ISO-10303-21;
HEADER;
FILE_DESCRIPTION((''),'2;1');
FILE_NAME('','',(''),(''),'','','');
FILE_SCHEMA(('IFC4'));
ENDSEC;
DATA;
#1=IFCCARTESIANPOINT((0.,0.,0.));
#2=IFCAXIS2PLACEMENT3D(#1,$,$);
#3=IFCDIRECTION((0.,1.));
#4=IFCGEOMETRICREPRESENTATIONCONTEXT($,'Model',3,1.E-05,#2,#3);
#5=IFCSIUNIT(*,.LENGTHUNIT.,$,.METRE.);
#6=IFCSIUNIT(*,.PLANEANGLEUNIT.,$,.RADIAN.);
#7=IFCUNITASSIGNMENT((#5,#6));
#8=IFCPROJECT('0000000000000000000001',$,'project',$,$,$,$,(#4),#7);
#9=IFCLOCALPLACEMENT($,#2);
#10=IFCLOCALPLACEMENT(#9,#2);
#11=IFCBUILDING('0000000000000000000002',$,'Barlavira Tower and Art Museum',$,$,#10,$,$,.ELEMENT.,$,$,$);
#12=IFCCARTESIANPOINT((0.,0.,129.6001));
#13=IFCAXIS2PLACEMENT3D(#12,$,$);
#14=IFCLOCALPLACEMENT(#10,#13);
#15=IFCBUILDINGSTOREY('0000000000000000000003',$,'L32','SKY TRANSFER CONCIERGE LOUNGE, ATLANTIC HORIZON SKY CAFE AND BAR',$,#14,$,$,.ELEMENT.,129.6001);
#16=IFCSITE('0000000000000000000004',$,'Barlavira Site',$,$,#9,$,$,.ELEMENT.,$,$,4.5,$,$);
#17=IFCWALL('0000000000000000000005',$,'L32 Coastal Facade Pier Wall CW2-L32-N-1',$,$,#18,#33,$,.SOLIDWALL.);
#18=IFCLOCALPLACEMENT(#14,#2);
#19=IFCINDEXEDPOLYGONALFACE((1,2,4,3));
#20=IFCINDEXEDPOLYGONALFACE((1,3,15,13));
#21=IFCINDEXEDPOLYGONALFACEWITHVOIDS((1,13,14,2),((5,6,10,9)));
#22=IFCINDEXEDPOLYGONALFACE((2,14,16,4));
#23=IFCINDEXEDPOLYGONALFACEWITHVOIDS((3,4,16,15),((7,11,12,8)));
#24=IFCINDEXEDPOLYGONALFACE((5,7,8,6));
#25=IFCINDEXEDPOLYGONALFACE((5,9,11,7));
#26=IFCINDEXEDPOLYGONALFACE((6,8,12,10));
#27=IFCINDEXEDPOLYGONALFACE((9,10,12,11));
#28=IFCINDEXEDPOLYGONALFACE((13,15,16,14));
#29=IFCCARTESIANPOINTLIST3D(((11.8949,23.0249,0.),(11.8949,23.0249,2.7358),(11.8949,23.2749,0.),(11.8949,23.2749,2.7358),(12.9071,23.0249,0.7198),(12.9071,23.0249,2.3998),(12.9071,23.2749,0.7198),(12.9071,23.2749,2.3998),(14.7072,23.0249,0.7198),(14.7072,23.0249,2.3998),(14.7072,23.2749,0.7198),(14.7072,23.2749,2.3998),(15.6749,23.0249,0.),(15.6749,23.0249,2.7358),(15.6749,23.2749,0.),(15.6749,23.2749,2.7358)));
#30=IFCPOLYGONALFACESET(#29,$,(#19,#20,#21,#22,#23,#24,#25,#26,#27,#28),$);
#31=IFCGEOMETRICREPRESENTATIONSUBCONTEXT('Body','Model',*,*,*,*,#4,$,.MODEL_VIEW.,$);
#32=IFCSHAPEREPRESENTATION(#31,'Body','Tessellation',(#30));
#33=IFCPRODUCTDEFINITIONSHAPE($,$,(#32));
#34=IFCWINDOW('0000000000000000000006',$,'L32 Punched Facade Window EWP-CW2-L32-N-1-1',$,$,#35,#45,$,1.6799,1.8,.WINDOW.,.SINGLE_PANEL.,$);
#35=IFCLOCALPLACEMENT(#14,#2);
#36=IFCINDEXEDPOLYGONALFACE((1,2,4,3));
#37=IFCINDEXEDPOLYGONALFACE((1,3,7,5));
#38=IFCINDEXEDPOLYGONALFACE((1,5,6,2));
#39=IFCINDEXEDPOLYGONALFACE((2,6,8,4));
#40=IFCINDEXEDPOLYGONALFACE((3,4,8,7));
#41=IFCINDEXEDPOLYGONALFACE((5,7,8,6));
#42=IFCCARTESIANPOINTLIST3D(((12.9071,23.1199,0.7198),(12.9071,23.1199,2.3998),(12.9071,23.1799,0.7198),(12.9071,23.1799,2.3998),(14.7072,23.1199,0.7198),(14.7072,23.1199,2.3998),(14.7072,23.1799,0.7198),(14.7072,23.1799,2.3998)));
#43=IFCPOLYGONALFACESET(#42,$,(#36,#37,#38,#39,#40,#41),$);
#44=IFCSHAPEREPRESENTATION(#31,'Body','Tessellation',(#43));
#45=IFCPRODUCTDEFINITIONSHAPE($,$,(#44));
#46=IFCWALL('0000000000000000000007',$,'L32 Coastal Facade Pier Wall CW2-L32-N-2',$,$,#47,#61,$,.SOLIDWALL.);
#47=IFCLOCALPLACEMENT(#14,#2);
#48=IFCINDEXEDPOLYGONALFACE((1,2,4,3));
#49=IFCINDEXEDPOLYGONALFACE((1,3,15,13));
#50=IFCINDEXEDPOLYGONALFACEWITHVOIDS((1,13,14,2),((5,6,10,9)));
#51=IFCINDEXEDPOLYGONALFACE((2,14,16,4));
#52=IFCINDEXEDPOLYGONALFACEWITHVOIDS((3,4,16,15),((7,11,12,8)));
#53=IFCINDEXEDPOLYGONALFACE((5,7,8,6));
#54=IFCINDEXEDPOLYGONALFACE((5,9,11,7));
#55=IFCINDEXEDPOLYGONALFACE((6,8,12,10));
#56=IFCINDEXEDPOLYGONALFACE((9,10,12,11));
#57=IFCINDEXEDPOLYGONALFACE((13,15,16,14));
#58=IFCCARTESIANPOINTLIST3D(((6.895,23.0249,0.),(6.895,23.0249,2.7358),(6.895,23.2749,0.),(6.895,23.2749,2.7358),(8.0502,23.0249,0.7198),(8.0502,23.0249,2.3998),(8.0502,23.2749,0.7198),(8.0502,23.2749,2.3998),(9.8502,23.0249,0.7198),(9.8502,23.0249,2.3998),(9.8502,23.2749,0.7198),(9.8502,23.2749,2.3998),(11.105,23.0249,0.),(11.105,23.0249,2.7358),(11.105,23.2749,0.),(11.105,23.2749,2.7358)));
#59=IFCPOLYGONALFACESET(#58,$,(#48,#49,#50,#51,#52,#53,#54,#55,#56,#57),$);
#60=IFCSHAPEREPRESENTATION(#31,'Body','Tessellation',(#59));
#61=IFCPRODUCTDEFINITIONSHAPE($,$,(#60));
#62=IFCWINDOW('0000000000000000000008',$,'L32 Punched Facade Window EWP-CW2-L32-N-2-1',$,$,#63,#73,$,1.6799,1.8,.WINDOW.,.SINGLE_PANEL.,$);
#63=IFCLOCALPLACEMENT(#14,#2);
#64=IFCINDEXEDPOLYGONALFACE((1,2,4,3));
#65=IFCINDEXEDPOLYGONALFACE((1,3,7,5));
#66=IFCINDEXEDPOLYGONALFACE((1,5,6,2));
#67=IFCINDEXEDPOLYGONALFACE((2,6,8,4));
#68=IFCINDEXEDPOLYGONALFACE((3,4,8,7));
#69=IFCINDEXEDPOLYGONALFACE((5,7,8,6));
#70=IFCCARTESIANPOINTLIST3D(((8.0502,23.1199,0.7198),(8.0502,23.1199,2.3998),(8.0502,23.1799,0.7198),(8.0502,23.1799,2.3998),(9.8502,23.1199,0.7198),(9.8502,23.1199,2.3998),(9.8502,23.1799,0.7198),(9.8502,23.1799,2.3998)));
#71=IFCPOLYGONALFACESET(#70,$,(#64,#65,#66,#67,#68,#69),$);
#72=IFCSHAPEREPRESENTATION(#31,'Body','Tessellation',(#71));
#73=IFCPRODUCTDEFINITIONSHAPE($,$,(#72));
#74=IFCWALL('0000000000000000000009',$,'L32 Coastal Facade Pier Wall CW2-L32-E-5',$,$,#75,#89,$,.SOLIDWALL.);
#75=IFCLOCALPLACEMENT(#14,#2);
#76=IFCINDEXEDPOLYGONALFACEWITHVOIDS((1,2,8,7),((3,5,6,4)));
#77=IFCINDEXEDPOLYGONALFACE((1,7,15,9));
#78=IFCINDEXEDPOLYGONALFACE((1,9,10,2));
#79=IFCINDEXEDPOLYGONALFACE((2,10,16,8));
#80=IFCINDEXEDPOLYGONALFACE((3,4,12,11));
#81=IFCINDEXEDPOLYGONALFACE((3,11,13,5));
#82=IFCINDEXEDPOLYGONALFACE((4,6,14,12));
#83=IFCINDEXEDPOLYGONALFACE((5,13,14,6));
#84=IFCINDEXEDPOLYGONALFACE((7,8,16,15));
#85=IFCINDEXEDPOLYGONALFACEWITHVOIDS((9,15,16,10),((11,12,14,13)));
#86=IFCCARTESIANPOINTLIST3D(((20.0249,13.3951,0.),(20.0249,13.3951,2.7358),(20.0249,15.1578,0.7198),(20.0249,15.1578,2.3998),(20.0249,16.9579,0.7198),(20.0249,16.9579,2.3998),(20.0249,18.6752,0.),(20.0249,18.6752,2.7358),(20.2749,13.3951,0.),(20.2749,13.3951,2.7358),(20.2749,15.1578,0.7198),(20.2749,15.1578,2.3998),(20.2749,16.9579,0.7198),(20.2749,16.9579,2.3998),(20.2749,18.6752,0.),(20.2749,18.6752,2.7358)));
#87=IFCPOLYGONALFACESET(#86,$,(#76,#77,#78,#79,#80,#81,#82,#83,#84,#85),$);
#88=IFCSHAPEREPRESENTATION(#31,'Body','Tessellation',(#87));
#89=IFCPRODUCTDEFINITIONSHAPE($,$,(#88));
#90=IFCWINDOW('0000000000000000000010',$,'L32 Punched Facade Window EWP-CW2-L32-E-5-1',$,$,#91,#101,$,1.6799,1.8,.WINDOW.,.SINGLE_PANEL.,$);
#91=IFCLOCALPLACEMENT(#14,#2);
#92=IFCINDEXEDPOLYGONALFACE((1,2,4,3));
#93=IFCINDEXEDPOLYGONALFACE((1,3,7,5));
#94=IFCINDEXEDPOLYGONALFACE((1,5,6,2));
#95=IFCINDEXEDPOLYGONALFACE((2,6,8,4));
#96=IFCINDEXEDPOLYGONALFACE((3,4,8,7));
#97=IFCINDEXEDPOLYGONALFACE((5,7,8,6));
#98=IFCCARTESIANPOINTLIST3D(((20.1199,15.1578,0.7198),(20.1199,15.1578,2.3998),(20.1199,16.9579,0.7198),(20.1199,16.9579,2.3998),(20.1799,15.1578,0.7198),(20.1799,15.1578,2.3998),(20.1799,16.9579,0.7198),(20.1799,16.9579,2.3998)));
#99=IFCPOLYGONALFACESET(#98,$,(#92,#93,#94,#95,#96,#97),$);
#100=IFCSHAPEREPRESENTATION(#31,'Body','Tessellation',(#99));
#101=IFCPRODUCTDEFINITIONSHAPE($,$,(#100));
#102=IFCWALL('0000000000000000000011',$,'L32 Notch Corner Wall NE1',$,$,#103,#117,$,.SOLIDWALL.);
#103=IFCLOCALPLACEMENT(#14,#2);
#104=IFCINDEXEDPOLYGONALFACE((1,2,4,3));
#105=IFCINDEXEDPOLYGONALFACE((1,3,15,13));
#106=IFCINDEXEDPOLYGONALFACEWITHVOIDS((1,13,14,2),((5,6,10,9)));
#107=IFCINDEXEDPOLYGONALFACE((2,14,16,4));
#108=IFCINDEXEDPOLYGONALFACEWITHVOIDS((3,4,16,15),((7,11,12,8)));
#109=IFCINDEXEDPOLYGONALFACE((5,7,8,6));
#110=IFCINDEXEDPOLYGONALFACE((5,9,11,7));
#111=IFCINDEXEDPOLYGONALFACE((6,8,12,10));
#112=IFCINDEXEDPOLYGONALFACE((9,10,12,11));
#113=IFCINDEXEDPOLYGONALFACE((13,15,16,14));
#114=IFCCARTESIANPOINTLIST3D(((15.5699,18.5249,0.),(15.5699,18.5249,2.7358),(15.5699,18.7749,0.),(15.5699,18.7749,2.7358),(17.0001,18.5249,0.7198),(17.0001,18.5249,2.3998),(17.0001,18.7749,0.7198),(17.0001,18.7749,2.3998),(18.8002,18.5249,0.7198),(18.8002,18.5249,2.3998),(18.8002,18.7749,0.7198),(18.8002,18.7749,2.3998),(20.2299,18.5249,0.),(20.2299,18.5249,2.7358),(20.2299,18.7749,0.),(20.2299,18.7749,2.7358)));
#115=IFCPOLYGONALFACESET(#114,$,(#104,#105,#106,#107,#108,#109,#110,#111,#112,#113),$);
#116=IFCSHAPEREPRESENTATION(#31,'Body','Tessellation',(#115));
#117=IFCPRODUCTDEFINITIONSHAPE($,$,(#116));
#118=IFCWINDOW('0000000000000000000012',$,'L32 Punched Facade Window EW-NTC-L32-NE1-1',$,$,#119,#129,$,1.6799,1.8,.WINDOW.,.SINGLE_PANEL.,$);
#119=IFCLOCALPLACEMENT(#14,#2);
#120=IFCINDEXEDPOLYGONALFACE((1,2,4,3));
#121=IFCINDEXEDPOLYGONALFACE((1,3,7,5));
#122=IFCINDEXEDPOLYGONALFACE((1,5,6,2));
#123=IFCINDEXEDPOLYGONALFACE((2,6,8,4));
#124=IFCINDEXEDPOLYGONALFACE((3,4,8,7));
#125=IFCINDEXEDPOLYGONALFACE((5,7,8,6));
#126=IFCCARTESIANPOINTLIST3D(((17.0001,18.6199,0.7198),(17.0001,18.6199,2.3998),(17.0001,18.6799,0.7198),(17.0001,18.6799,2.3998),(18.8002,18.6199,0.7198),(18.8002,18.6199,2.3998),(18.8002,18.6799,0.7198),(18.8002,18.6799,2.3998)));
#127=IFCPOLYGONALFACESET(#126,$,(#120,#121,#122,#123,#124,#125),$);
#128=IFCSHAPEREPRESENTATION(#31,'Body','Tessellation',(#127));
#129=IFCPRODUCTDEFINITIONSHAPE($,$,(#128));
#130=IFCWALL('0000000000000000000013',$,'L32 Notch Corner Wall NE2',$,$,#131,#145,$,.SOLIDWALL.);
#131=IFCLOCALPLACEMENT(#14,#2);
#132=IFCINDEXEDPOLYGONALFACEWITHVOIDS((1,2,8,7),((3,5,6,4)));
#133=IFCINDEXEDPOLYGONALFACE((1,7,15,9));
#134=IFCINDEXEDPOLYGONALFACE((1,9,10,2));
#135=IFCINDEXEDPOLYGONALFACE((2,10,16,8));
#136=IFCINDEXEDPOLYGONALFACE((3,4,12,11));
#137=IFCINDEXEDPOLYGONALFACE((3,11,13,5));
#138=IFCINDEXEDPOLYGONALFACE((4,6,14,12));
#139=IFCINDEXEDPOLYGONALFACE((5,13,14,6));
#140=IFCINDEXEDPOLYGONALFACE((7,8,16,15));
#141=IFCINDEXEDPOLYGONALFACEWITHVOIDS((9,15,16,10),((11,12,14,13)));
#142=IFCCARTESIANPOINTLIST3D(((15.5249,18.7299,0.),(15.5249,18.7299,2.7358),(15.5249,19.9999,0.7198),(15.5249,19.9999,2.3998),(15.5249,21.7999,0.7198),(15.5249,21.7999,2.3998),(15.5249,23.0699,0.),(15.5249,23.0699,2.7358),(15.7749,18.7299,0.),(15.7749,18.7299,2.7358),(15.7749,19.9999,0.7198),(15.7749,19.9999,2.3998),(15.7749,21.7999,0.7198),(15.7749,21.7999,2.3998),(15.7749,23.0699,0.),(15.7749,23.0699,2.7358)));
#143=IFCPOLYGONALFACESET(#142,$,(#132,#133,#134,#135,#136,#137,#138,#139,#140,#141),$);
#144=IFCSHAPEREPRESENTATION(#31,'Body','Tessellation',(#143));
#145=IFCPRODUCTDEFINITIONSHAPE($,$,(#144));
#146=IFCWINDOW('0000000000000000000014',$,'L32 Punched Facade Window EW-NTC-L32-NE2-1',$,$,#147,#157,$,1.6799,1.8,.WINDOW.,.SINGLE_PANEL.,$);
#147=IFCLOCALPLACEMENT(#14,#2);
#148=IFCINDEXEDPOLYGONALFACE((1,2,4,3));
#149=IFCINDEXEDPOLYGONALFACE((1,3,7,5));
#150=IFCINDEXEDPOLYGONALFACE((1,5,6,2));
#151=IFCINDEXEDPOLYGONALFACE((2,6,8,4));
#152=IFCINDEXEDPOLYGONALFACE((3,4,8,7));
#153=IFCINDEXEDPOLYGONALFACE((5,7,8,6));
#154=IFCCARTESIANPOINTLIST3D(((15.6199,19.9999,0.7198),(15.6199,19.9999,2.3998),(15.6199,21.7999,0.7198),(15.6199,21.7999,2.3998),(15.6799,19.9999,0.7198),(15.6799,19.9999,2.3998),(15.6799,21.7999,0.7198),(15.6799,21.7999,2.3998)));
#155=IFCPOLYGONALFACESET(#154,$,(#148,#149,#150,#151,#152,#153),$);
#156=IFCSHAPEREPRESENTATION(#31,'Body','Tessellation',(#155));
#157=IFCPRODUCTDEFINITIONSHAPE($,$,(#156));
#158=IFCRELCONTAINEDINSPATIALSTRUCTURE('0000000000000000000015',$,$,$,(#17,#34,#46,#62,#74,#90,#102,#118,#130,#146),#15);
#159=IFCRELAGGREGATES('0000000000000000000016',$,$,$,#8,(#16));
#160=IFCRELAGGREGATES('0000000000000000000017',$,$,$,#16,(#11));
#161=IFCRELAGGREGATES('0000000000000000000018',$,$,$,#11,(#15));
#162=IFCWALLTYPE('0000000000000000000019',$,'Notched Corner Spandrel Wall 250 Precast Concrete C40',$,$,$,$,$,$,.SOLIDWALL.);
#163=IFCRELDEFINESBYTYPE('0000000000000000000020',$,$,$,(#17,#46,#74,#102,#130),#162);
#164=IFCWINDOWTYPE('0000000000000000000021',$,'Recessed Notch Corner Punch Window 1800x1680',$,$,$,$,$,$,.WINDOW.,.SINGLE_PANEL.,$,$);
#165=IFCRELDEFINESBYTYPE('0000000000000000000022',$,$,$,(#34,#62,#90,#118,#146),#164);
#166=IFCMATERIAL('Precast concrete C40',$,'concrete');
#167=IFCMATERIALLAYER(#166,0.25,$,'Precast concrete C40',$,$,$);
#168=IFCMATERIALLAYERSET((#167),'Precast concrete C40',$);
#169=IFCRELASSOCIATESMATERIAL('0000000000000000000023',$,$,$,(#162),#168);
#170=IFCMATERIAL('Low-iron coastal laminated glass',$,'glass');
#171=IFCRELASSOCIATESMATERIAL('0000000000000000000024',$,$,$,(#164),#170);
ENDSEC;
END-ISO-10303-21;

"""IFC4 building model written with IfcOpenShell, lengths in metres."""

from ifc_helpers import new_model, si_unit, direction, frame, frame_2d, origin, place, context, subcontext, project, spatial, rectangle, extrude, material, layer, layer_set, type_object, element, fill, save


model = new_model("IFC4")

# Units and contexts
model_context = context("Model", 3, precision=1e-05, world=origin(), true_north=direction((0.0, 1.0)))
body_context = subcontext(model_context, "Body", "Model", "MODEL_VIEW")
ifc_project = project(units=[si_unit("LENGTHUNIT", "METRE"), si_unit("PLANEANGLEUNIT", "RADIAN")], contexts=[model_context])

# Site, building, storey
site_placement = place(None, origin())
site = spatial("IfcSite", under=ifc_project, at=site_placement, Name="Barlavira Site", CompositionType="ELEMENT", RefElevation=4.5)
building_placement = place(site_placement, origin())
building = spatial("IfcBuilding", under=site, at=building_placement, Name="Barlavira Tower and Art Museum", CompositionType="ELEMENT")
storey_placement = place(building_placement, frame((0.0, 0.0, 129.6001)))
storey = spatial("IfcBuildingStorey", under=building, at=storey_placement, Name="L32", Description="SKY TRANSFER CONCIERGE LOUNGE, ATLANTIC HORIZON SKY CAFE AND BAR", CompositionType="ELEMENT", Elevation=129.6001)

# Walls, openings, windows
ifc_material_1 = material(Name="Precast concrete C40", Category="concrete")
ifc_layer_1 = layer(ifc_material_1, 0.25, Name="Precast concrete C40")
ifc_layer_set_1 = layer_set([ifc_layer_1], Name="Precast concrete C40")
wall_type_1 = type_object("IfcWallType", Name="Notched Corner Spandrel Wall 250 Precast Concrete C40", PredefinedType="SOLIDWALL", material=ifc_layer_set_1)
wall_1_placement = place(storey_placement, frame((15.675, 23.1499, 0.0), z_axis=(0.0, 0.0, 1.0), x_axis=(-1.0, 0.0, 0.0)))
wall_1 = element("IfcWall", 1, at=wall_1_placement, inside=storey, type_object=wall_type_1, Name="L32 Coastal Facade Pier Wall CW2-L32-N-1", PredefinedType="SOLIDWALL", context=body_context, shape_type="SweptSolid", body=[
    extrude(rectangle(XDim=3.78, YDim=0.25, at=frame_2d((1.8901, 0.0))), origin(), (0.0, 0.0, 1.0), 2.7358),
])
opening_1_placement = place(wall_1_placement, frame((0.968, 0.0, 0.72)))
opening_1 = element("IfcOpeningElement", 2, at=opening_1_placement, cuts=wall_1, PredefinedType="OPENING", context=body_context, shape_type="SweptSolid", body=[
    extrude(rectangle(XDim=1.8, YDim=1.6799, at=frame_2d((0.8999, 0.8398))), frame((0.0, 0.135, 0.0), z_axis=(0.0, -1.0, 0.0), x_axis=(1.0, 0.0, 0.0)), (0.0, 0.0, 1.0), 0.27),
])
ifc_material_2 = material(Name="Low-iron coastal laminated glass", Category="glass")
window_type = type_object("IfcWindowType", Name="Recessed Notch Corner Punch Window 1800x1680", PartitioningType="SINGLE_PANEL", PredefinedType="WINDOW", material=ifc_material_2)
window_1_placement = place(opening_1_placement, origin())
window_1 = element("IfcWindow", 3, at=window_1_placement, inside=storey, type_object=window_type, Name="L32 Punched Facade Window EWP-CW2-L32-N-1-1", OverallHeight=1.6799, OverallWidth=1.8, PartitioningType="SINGLE_PANEL", PredefinedType="WINDOW", context=body_context, shape_type="SweptSolid", body=[
    extrude(rectangle(XDim=1.8, YDim=1.6799, at=frame_2d((0.8999, 0.8398))), frame((0.0, 0.03, 0.0), z_axis=(0.0, -1.0, 0.0), x_axis=(1.0, 0.0, 0.0)), (0.0, 0.0, 1.0), 0.0601),
])
fill(opening_1, window_1)
wall_2_placement = place(storey_placement, frame((11.105, 23.1499, 0.0), z_axis=(0.0, 0.0, 1.0), x_axis=(-1.0, 0.0, 0.0)))
wall_2 = element("IfcWall", 4, at=wall_2_placement, inside=storey, type_object=wall_type_1, Name="L32 Coastal Facade Pier Wall CW2-L32-N-2", PredefinedType="SOLIDWALL", context=body_context, shape_type="SweptSolid", body=[
    extrude(rectangle(XDim=4.21, YDim=0.25, at=frame_2d((2.105, 0.0))), origin(), (0.0, 0.0, 1.0), 2.7358),
])
opening_2_placement = place(wall_2_placement, frame((1.2549, 0.0, 0.72)))
opening_2 = element("IfcOpeningElement", 5, at=opening_2_placement, cuts=wall_2, PredefinedType="OPENING", context=body_context, shape_type="SweptSolid", body=[
    extrude(rectangle(XDim=1.8, YDim=1.6799, at=frame_2d((0.8999, 0.8398))), frame((0.0, 0.135, 0.0), z_axis=(0.0, -1.0, 0.0), x_axis=(1.0, 0.0, 0.0)), (0.0, 0.0, 1.0), 0.27),
])
window_2_placement = place(opening_2_placement, origin())
window_2 = element("IfcWindow", 6, at=window_2_placement, inside=storey, type_object=window_type, Name="L32 Punched Facade Window EWP-CW2-L32-N-2-1", OverallHeight=1.6799, OverallWidth=1.8, PartitioningType="SINGLE_PANEL", PredefinedType="WINDOW", context=body_context, shape_type="SweptSolid", body=[
    extrude(rectangle(XDim=1.8, YDim=1.6799, at=frame_2d((0.8999, 0.8398))), frame((0.0, 0.03, 0.0), z_axis=(0.0, -1.0, 0.0), x_axis=(1.0, 0.0, 0.0)), (0.0, 0.0, 1.0), 0.0601),
])
fill(opening_2, window_2)
wall_3_placement = place(storey_placement, frame((20.1499, 13.395, 0.0), z_axis=(0.0, 0.0, 1.0), x_axis=(0.0, 1.0, 0.0)))
wall_3 = element("IfcWall", 7, at=wall_3_placement, inside=storey, type_object=wall_type_1, Name="L32 Coastal Facade Pier Wall CW2-L32-E-5", PredefinedType="SOLIDWALL", context=body_context, shape_type="SweptSolid", body=[
    extrude(rectangle(XDim=5.28, YDim=0.25, at=frame_2d((2.6401, 0.0))), origin(), (0.0, 0.0, 1.0), 2.7358),
])
opening_3_placement = place(wall_3_placement, frame((1.7629, 0.0, 0.72)))
opening_3 = element("IfcOpeningElement", 8, at=opening_3_placement, cuts=wall_3, PredefinedType="OPENING", context=body_context, shape_type="SweptSolid", body=[
    extrude(rectangle(XDim=1.8, YDim=1.6799, at=frame_2d((0.8999, 0.8398))), frame((0.0, 0.135, 0.0), z_axis=(0.0, -1.0, 0.0), x_axis=(1.0, 0.0, 0.0)), (0.0, 0.0, 1.0), 0.27),
])
window_3_placement = place(opening_3_placement, origin())
window_3 = element("IfcWindow", 9, at=window_3_placement, inside=storey, type_object=window_type, Name="L32 Punched Facade Window EWP-CW2-L32-E-5-1", OverallHeight=1.6799, OverallWidth=1.8, PartitioningType="SINGLE_PANEL", PredefinedType="WINDOW", context=body_context, shape_type="SweptSolid", body=[
    extrude(rectangle(XDim=1.8, YDim=1.6799, at=frame_2d((0.8999, 0.8398))), frame((0.0, 0.03, 0.0), z_axis=(0.0, -1.0, 0.0), x_axis=(1.0, 0.0, 0.0)), (0.0, 0.0, 1.0), 0.0601),
])
fill(opening_3, window_3)
wall_4_placement = place(storey_placement, frame((20.23, 18.6499, 0.0), z_axis=(0.0, 0.0, 1.0), x_axis=(-1.0, 0.0, 0.0)))
wall_4 = element("IfcWall", 10, at=wall_4_placement, inside=storey, type_object=wall_type_1, Name="L32 Notch Corner Wall NE1", PredefinedType="SOLIDWALL", context=body_context, shape_type="SweptSolid", body=[
    extrude(rectangle(XDim=4.6599, YDim=0.25, at=frame_2d((2.3301, 0.0))), origin(), (0.0, 0.0, 1.0), 2.7358),
])
opening_4_placement = place(wall_4_placement, frame((1.4299, 0.0, 0.72)))
opening_4 = element("IfcOpeningElement", 11, at=opening_4_placement, cuts=wall_4, PredefinedType="OPENING", context=body_context, shape_type="SweptSolid", body=[
    extrude(rectangle(XDim=1.8, YDim=1.6799, at=frame_2d((0.8999, 0.8398))), frame((0.0, 0.135, 0.0), z_axis=(0.0, -1.0, 0.0), x_axis=(1.0, 0.0, 0.0)), (0.0, 0.0, 1.0), 0.27),
])
window_4_placement = place(opening_4_placement, origin())
window_4 = element("IfcWindow", 12, at=window_4_placement, inside=storey, type_object=window_type, Name="L32 Punched Facade Window EW-NTC-L32-NE1-1", OverallHeight=1.6799, OverallWidth=1.8, PartitioningType="SINGLE_PANEL", PredefinedType="WINDOW", context=body_context, shape_type="SweptSolid", body=[
    extrude(rectangle(XDim=1.8, YDim=1.6799, at=frame_2d((0.8999, 0.8398))), frame((0.0, 0.03, 0.0), z_axis=(0.0, -1.0, 0.0), x_axis=(1.0, 0.0, 0.0)), (0.0, 0.0, 1.0), 0.0601),
])
fill(opening_4, window_4)
wall_5_placement = place(storey_placement, frame((15.6499, 18.73, 0.0), z_axis=(0.0, 0.0, 1.0), x_axis=(0.0, 1.0, 0.0)))
wall_5 = element("IfcWall", 13, at=wall_5_placement, inside=storey, type_object=wall_type_1, Name="L32 Notch Corner Wall NE2", PredefinedType="SOLIDWALL", context=body_context, shape_type="SweptSolid", body=[
    extrude(rectangle(XDim=4.3401, YDim=0.25, at=frame_2d((2.1699, 0.0))), origin(), (0.0, 0.0, 1.0), 2.7358),
])
opening_5_placement = place(wall_5_placement, frame((1.27, 0.0, 0.72)))
opening_5 = element("IfcOpeningElement", 14, at=opening_5_placement, cuts=wall_5, PredefinedType="OPENING", context=body_context, shape_type="SweptSolid", body=[
    extrude(rectangle(XDim=1.8, YDim=1.6799, at=frame_2d((0.8999, 0.8398))), frame((0.0, 0.135, 0.0), z_axis=(0.0, -1.0, 0.0), x_axis=(1.0, 0.0, 0.0)), (0.0, 0.0, 1.0), 0.27),
])
window_5_placement = place(opening_5_placement, origin())
window_5 = element("IfcWindow", 15, at=window_5_placement, inside=storey, type_object=window_type, Name="L32 Punched Facade Window EW-NTC-L32-NE2-1", OverallHeight=1.6799, OverallWidth=1.8, PartitioningType="SINGLE_PANEL", PredefinedType="WINDOW", context=body_context, shape_type="SweptSolid", body=[
    extrude(rectangle(XDim=1.8, YDim=1.6799, at=frame_2d((0.8999, 0.8398))), frame((0.0, 0.03, 0.0), z_axis=(0.0, -1.0, 0.0), x_axis=(1.0, 0.0, 0.0)), (0.0, 0.0, 1.0), 0.0601),
])
fill(opening_5, window_5)

save(model, "model.ifc")
